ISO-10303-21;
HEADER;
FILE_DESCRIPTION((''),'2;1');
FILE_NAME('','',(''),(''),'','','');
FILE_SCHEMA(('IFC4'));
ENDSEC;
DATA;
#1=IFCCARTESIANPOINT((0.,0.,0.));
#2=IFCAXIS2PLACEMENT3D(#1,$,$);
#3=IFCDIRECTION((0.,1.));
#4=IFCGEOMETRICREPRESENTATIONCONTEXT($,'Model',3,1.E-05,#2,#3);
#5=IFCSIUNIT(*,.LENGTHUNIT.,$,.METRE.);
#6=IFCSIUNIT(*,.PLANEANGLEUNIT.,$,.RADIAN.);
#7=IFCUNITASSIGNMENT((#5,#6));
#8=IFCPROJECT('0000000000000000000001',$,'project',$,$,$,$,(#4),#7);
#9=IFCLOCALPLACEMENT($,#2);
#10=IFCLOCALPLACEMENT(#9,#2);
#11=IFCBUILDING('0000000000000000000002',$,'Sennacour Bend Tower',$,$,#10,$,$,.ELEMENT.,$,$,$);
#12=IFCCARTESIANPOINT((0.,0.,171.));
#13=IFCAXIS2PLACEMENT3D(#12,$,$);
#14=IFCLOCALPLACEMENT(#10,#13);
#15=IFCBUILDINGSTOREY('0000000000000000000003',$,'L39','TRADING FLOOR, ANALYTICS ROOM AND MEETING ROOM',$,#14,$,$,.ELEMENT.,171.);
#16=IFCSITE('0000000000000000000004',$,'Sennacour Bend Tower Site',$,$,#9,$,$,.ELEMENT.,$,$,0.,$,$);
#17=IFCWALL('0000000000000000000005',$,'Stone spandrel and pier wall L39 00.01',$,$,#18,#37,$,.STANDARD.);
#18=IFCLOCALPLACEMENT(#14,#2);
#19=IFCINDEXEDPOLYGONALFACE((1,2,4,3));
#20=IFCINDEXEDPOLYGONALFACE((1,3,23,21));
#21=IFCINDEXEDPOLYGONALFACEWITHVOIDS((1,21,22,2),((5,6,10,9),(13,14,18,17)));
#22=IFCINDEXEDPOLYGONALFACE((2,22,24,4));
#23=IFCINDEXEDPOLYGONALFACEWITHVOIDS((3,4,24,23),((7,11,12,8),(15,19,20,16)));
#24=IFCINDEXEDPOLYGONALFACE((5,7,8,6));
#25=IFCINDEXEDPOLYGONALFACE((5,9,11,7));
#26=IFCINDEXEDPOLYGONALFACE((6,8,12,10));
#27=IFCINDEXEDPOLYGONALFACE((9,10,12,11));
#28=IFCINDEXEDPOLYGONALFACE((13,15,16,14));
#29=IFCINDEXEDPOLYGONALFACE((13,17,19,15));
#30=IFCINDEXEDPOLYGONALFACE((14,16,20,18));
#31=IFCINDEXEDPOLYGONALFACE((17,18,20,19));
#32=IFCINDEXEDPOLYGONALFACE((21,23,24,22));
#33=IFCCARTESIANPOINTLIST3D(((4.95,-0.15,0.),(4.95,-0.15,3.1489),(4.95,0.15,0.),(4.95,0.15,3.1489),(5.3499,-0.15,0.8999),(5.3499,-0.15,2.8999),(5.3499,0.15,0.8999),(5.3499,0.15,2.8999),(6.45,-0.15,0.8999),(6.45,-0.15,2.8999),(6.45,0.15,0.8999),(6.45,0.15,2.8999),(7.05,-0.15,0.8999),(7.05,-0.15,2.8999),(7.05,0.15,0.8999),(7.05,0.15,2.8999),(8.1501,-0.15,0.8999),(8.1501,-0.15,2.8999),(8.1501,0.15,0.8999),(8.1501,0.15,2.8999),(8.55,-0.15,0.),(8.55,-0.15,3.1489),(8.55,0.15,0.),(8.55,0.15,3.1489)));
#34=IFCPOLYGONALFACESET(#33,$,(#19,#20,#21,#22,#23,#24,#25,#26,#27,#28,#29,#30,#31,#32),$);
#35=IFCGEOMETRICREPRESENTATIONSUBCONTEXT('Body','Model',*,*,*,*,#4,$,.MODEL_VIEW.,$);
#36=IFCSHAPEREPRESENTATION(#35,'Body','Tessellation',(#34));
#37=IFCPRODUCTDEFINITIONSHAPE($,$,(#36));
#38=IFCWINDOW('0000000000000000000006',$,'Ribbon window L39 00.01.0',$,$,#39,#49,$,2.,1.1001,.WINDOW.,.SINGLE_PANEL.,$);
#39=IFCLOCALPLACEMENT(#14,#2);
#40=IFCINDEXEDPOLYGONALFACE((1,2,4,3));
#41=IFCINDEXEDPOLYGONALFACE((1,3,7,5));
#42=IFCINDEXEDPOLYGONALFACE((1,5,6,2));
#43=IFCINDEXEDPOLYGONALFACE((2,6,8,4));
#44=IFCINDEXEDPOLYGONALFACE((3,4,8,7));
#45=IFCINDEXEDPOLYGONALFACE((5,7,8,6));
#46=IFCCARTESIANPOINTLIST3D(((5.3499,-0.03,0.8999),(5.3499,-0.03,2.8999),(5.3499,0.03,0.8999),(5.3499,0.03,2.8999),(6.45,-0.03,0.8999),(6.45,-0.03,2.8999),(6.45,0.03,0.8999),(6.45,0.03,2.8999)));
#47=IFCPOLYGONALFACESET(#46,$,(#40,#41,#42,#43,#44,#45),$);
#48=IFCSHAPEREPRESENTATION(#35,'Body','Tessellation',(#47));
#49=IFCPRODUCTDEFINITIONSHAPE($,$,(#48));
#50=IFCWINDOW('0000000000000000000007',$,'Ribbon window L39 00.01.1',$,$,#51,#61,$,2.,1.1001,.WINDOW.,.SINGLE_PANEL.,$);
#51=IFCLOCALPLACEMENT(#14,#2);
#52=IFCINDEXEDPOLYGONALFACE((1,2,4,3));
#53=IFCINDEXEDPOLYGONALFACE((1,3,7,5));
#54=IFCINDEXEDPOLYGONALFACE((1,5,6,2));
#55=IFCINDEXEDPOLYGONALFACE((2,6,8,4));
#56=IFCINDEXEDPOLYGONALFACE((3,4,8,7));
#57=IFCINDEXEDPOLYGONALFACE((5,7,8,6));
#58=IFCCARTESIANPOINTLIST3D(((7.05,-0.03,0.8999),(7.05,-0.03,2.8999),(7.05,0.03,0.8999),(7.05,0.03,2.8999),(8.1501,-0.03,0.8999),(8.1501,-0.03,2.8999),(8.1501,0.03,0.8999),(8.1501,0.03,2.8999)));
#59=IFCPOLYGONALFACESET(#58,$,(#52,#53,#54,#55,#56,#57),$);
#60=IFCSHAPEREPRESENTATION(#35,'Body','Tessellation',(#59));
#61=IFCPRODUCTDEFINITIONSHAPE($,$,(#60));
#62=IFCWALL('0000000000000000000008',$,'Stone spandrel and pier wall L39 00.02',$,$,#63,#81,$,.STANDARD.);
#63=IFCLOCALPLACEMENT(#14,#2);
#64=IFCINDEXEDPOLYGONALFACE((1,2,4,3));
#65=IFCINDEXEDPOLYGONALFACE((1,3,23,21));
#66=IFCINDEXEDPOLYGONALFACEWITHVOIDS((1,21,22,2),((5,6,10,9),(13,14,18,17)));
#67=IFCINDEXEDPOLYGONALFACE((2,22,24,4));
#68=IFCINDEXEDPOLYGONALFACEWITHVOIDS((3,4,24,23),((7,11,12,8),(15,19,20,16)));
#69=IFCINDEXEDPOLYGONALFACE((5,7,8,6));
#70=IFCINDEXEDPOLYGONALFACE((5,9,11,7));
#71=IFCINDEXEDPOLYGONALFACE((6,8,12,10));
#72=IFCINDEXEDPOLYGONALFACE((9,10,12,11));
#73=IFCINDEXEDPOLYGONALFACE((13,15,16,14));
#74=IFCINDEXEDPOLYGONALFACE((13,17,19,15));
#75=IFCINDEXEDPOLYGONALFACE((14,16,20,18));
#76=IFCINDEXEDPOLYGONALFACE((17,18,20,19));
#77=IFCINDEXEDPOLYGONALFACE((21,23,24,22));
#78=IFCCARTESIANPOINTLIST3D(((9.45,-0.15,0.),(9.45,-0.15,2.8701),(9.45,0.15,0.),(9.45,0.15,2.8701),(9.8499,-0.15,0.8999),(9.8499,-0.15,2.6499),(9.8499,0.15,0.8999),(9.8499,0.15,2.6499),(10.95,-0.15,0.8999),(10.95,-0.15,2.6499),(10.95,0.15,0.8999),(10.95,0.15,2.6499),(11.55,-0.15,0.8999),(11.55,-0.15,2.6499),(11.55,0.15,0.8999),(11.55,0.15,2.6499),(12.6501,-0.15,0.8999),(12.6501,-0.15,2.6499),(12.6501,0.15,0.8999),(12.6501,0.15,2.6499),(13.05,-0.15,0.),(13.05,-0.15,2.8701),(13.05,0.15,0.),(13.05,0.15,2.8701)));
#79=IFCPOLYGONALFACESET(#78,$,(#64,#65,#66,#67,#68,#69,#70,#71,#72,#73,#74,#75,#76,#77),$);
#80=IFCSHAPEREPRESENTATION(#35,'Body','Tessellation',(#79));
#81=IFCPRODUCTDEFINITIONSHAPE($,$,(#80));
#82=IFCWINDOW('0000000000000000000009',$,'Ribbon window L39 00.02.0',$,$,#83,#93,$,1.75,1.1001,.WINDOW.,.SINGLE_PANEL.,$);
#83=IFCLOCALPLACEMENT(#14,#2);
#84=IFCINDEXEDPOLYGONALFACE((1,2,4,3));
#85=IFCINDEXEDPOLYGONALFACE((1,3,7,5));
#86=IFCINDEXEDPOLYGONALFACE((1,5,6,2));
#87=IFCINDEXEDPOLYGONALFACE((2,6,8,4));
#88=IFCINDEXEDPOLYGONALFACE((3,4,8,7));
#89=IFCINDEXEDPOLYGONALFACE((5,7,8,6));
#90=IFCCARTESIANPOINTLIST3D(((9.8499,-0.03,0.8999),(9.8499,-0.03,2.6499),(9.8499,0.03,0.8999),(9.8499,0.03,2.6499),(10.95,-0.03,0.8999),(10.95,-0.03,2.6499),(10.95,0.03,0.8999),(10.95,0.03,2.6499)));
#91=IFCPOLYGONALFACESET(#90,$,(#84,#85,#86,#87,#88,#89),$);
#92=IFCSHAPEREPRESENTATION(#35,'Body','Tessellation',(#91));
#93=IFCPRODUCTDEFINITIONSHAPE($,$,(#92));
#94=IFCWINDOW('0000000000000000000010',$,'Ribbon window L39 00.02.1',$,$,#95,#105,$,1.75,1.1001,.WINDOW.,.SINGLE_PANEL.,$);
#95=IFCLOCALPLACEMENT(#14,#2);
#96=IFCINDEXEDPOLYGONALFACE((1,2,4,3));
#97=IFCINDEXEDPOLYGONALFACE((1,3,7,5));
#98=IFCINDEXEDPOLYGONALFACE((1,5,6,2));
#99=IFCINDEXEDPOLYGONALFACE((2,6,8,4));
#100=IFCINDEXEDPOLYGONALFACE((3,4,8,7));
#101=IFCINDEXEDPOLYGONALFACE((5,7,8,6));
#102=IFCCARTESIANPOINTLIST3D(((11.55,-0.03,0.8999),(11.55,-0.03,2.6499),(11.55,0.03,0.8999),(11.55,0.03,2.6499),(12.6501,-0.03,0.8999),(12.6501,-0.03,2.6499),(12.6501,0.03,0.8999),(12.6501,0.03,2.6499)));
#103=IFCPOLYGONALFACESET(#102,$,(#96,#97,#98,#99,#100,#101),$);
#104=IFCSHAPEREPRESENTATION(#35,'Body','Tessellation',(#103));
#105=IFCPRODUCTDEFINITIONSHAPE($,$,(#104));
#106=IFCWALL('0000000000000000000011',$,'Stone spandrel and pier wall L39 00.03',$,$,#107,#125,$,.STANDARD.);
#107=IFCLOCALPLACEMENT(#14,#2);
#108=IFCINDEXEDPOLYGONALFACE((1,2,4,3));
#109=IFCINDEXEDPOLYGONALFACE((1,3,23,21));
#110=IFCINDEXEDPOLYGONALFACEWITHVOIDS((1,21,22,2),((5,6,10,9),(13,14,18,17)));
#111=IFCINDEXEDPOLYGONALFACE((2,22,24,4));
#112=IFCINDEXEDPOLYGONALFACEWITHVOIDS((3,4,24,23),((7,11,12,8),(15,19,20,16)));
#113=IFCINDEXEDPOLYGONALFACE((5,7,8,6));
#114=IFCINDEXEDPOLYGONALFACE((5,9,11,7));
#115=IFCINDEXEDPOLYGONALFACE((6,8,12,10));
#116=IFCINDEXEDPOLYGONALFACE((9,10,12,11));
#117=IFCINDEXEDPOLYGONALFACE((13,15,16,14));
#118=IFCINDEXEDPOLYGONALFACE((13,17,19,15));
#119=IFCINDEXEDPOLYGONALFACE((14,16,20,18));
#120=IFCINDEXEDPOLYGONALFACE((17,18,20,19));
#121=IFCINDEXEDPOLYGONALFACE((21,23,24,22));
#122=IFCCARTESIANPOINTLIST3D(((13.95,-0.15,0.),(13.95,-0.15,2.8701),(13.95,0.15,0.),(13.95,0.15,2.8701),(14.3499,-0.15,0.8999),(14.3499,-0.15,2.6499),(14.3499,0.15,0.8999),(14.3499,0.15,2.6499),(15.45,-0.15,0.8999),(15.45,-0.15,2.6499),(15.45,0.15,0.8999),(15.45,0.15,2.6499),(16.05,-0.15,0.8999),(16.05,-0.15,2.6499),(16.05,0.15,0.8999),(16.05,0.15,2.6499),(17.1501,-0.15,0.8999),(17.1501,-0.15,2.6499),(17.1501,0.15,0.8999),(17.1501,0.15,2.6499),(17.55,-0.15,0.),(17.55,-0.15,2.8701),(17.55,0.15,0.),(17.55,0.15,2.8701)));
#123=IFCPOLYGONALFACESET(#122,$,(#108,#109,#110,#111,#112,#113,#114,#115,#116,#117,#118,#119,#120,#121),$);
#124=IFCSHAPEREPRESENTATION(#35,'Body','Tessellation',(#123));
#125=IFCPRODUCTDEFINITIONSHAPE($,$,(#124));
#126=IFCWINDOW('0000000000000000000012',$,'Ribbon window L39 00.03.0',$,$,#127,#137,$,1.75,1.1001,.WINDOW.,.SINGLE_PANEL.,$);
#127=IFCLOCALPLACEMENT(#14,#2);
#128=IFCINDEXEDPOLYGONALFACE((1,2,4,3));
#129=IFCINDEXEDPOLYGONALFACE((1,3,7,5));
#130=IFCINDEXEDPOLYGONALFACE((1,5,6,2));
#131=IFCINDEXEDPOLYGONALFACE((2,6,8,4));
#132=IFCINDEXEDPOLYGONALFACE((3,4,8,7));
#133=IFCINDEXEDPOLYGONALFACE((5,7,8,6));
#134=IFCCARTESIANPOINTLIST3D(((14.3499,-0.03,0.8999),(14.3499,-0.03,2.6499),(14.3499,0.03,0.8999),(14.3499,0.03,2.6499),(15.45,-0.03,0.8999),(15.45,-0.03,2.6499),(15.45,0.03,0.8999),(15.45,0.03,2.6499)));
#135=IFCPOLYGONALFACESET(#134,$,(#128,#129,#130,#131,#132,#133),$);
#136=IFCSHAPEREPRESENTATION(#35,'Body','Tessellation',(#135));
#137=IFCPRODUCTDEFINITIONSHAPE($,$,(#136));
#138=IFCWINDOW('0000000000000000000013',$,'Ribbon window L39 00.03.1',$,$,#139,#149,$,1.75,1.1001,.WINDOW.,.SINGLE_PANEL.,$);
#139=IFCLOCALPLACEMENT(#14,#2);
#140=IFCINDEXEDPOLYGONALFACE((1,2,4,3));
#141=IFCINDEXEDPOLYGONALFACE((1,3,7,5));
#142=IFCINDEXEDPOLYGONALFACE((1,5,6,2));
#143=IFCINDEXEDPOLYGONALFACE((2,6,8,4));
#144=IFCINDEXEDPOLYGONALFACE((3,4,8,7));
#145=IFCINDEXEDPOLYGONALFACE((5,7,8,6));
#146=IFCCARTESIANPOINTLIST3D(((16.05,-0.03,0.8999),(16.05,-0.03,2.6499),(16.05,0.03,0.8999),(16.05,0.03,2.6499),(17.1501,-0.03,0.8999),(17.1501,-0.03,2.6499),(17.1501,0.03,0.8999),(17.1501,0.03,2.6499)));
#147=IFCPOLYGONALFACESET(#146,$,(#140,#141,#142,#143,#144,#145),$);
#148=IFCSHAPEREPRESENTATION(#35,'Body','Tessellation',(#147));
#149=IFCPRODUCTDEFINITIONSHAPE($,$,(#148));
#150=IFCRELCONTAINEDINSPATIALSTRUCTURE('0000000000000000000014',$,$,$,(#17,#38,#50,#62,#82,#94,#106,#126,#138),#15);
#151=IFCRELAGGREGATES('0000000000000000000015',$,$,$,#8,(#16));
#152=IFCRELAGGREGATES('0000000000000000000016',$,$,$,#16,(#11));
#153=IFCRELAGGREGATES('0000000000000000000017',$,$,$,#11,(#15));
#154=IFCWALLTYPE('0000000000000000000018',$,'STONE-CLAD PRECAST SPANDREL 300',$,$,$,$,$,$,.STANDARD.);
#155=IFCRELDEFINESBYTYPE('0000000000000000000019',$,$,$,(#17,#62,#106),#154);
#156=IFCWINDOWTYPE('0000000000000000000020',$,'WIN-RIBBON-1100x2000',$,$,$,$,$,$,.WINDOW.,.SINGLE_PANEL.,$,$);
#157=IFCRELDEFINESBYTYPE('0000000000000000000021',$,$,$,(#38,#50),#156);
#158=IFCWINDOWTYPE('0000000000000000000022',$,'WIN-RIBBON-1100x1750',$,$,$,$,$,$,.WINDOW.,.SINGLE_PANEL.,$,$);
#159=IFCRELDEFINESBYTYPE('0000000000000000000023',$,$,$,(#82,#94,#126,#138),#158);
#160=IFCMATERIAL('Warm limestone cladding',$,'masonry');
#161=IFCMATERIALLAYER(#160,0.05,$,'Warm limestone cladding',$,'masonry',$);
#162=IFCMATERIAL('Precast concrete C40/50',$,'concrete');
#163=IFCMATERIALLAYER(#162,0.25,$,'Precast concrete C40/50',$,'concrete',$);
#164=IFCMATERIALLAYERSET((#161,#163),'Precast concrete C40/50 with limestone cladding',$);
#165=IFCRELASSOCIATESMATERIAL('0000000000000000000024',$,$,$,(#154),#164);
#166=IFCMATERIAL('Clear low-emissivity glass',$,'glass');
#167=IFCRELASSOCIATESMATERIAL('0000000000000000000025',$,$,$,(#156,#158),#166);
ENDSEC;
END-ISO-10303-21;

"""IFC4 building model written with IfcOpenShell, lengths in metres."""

from ifc_helpers import new_model, si_unit, direction, frame, frame_2d, origin, place, context, subcontext, project, spatial, rectangle, extrude, material, layer, layer_set, type_object, element, fill, save


model = new_model("IFC4")

# Units and contexts
model_context = context("Model", 3, precision=1e-05, world=origin(), true_north=direction((0.0, 1.0)))
body_context = subcontext(model_context, "Body", "Model", "MODEL_VIEW")
ifc_project = project(units=[si_unit("LENGTHUNIT", "METRE"), si_unit("PLANEANGLEUNIT", "RADIAN")], contexts=[model_context])

# Site, building, storey
site_placement = place(None, origin())
site = spatial("IfcSite", under=ifc_project, at=site_placement, Name="Sennacour Bend Tower Site", CompositionType="ELEMENT", RefElevation=0.0)
building_placement = place(site_placement, origin())
building = spatial("IfcBuilding", under=site, at=building_placement, Name="Sennacour Bend Tower", CompositionType="ELEMENT")
storey_placement = place(building_placement, frame((0.0, 0.0, 171.0)))
storey = spatial("IfcBuildingStorey", under=building, at=storey_placement, Name="L39", Description="TRADING FLOOR, ANALYTICS ROOM AND MEETING ROOM", CompositionType="ELEMENT", Elevation=171.0)

# Walls, openings, windows
ifc_material_1 = material(Name="Warm limestone cladding", Category="masonry")
ifc_layer_1 = layer(ifc_material_1, 0.05, Name="Warm limestone cladding", Category="masonry")
ifc_material_2 = material(Name="Precast concrete C40/50", Category="concrete")
ifc_layer_2 = layer(ifc_material_2, 0.25, Name="Precast concrete C40/50", Category="concrete")
ifc_layer_set_1 = layer_set([ifc_layer_1, ifc_layer_2], Name="Precast concrete C40/50 with limestone cladding")
wall_type_1 = type_object("IfcWallType", Name="STONE-CLAD PRECAST SPANDREL 300", PredefinedType="STANDARD", material=ifc_layer_set_1)
wall_1_placement = place(storey_placement, frame((4.95, 0.0, 0.0), z_axis=(0.0, 0.0, 1.0), x_axis=(1.0, 0.0, 0.0)))
wall_1 = element("IfcWall", 1, at=wall_1_placement, inside=storey, type_object=wall_type_1, Name="Stone spandrel and pier wall L39 00.01", PredefinedType="STANDARD", context=body_context, shape_type="SweptSolid", body=[
    extrude(rectangle(XDim=3.6001, YDim=0.3, at=frame_2d((1.8, 0.0))), origin(), (0.0, 0.0, 1.0), 3.1489),
])
opening_1_placement = place(wall_1_placement, frame((0.3999, 0.0, 0.8999)))
opening_1 = element("IfcOpeningElement", 2, at=opening_1_placement, cuts=wall_1, PredefinedType="OPENING", context=body_context, shape_type="SweptSolid", body=[
    extrude(rectangle(XDim=1.1001, YDim=2.0, at=frame_2d((0.55, 1.0))), frame((0.0, 0.1602, 0.0), z_axis=(0.0, -1.0, 0.0), x_axis=(1.0, 0.0, 0.0)), (0.0, 0.0, 1.0), 0.3201),
])
opening_2_placement = place(wall_1_placement, frame((2.1001, 0.0, 0.8999)))
opening_2 = element("IfcOpeningElement", 3, at=opening_2_placement, cuts=wall_1, PredefinedType="OPENING", context=body_context, shape_type="SweptSolid", body=[
    extrude(rectangle(XDim=1.1001, YDim=2.0, at=frame_2d((0.55, 1.0))), frame((0.0, 0.1602, 0.0), z_axis=(0.0, -1.0, 0.0), x_axis=(1.0, 0.0, 0.0)), (0.0, 0.0, 1.0), 0.3201),
])
ifc_material_3 = material(Name="Clear low-emissivity glass", Category="glass")
window_type_1 = type_object("IfcWindowType", Name="WIN-RIBBON-1100x2000", PartitioningType="SINGLE_PANEL", PredefinedType="WINDOW", material=ifc_material_3)
window_1_placement = place(opening_1_placement, origin())
window_1 = element("IfcWindow", 4, at=window_1_placement, inside=storey, type_object=window_type_1, Name="Ribbon window L39 00.01.0", OverallHeight=2.0, OverallWidth=1.1001, PartitioningType="SINGLE_PANEL", PredefinedType="WINDOW", context=body_context, shape_type="SweptSolid", body=[
    extrude(rectangle(XDim=1.1001, YDim=2.0, at=frame_2d((0.55, 1.0))), frame((0.0, 0.03, 0.0), z_axis=(0.0, -1.0, 0.0), x_axis=(1.0, 0.0, 0.0)), (0.0, 0.0, 1.0), 0.0601),
])
fill(opening_1, window_1)
window_2_placement = place(opening_2_placement, origin())
window_2 = element("IfcWindow", 5, at=window_2_placement, inside=storey, type_object=window_type_1, Name="Ribbon window L39 00.01.1", OverallHeight=2.0, OverallWidth=1.1001, PartitioningType="SINGLE_PANEL", PredefinedType="WINDOW", context=body_context, shape_type="SweptSolid", body=[
    extrude(rectangle(XDim=1.1001, YDim=2.0, at=frame_2d((0.55, 1.0))), frame((0.0, 0.03, 0.0), z_axis=(0.0, -1.0, 0.0), x_axis=(1.0, 0.0, 0.0)), (0.0, 0.0, 1.0), 0.0601),
])
fill(opening_2, window_2)
wall_2_placement = place(storey_placement, frame((9.45, 0.0, 0.0), z_axis=(0.0, 0.0, 1.0), x_axis=(1.0, 0.0, 0.0)))
wall_2 = element("IfcWall", 6, at=wall_2_placement, inside=storey, type_object=wall_type_1, Name="Stone spandrel and pier wall L39 00.02", PredefinedType="STANDARD", context=body_context, shape_type="SweptSolid", body=[
    extrude(rectangle(XDim=3.6001, YDim=0.3, at=frame_2d((1.8, 0.0))), origin(), (0.0, 0.0, 1.0), 2.8701),
])
opening_3_placement = place(wall_2_placement, frame((0.3999, 0.0, 0.8999)))
opening_3 = element("IfcOpeningElement", 7, at=opening_3_placement, cuts=wall_2, PredefinedType="OPENING", context=body_context, shape_type="SweptSolid", body=[
    extrude(rectangle(XDim=1.1001, YDim=1.75, at=frame_2d((0.55, 0.875))), frame((0.0, 0.1602, 0.0), z_axis=(0.0, -1.0, 0.0), x_axis=(1.0, 0.0, 0.0)), (0.0, 0.0, 1.0), 0.3201),
])
opening_4_placement = place(wall_2_placement, frame((2.1001, 0.0, 0.8999)))
opening_4 = element("IfcOpeningElement", 8, at=opening_4_placement, cuts=wall_2, PredefinedType="OPENING", context=body_context, shape_type="SweptSolid", body=[
    extrude(rectangle(XDim=1.1001, YDim=1.75, at=frame_2d((0.55, 0.875))), frame((0.0, 0.1602, 0.0), z_axis=(0.0, -1.0, 0.0), x_axis=(1.0, 0.0, 0.0)), (0.0, 0.0, 1.0), 0.3201),
])
window_type_2 = type_object("IfcWindowType", Name="WIN-RIBBON-1100x1750", PartitioningType="SINGLE_PANEL", PredefinedType="WINDOW", material=ifc_material_3)
window_3_placement = place(opening_3_placement, origin())
window_3 = element("IfcWindow", 9, at=window_3_placement, inside=storey, type_object=window_type_2, Name="Ribbon window L39 00.02.0", OverallHeight=1.75, OverallWidth=1.1001, PartitioningType="SINGLE_PANEL", PredefinedType="WINDOW", context=body_context, shape_type="SweptSolid", body=[
    extrude(rectangle(XDim=1.1001, YDim=1.75, at=frame_2d((0.55, 0.875))), frame((0.0, 0.03, 0.0), z_axis=(0.0, -1.0, 0.0), x_axis=(1.0, 0.0, 0.0)), (0.0, 0.0, 1.0), 0.0601),
])
fill(opening_3, window_3)
window_4_placement = place(opening_4_placement, origin())
window_4 = element("IfcWindow", 10, at=window_4_placement, inside=storey, type_object=window_type_2, Name="Ribbon window L39 00.02.1", OverallHeight=1.75, OverallWidth=1.1001, PartitioningType="SINGLE_PANEL", PredefinedType="WINDOW", context=body_context, shape_type="SweptSolid", body=[
    extrude(rectangle(XDim=1.1001, YDim=1.75, at=frame_2d((0.55, 0.875))), frame((0.0, 0.03, 0.0), z_axis=(0.0, -1.0, 0.0), x_axis=(1.0, 0.0, 0.0)), (0.0, 0.0, 1.0), 0.0601),
])
fill(opening_4, window_4)
wall_3_placement = place(storey_placement, frame((13.95, 0.0, 0.0), z_axis=(0.0, 0.0, 1.0), x_axis=(1.0, 0.0, 0.0)))
wall_3 = element("IfcWall", 11, at=wall_3_placement, inside=storey, type_object=wall_type_1, Name="Stone spandrel and pier wall L39 00.03", PredefinedType="STANDARD", context=body_context, shape_type="SweptSolid", body=[
    extrude(rectangle(XDim=3.6001, YDim=0.3, at=frame_2d((1.8, 0.0))), origin(), (0.0, 0.0, 1.0), 2.8701),
])
opening_5_placement = place(wall_3_placement, frame((0.3999, 0.0, 0.8999)))
opening_5 = element("IfcOpeningElement", 12, at=opening_5_placement, cuts=wall_3, PredefinedType="OPENING", context=body_context, shape_type="SweptSolid", body=[
    extrude(rectangle(XDim=1.1001, YDim=1.75, at=frame_2d((0.55, 0.875))), frame((0.0, 0.1602, 0.0), z_axis=(0.0, -1.0, 0.0), x_axis=(1.0, 0.0, 0.0)), (0.0, 0.0, 1.0), 0.3201),
])
opening_6_placement = place(wall_3_placement, frame((2.1001, 0.0, 0.8999)))
opening_6 = element("IfcOpeningElement", 13, at=opening_6_placement, cuts=wall_3, PredefinedType="OPENING", context=body_context, shape_type="SweptSolid", body=[
    extrude(rectangle(XDim=1.1001, YDim=1.75, at=frame_2d((0.55, 0.875))), frame((0.0, 0.1602, 0.0), z_axis=(0.0, -1.0, 0.0), x_axis=(1.0, 0.0, 0.0)), (0.0, 0.0, 1.0), 0.3201),
])
window_5_placement = place(opening_5_placement, origin())
window_5 = element("IfcWindow", 14, at=window_5_placement, inside=storey, type_object=window_type_2, Name="Ribbon window L39 00.03.0", OverallHeight=1.75, OverallWidth=1.1001, PartitioningType="SINGLE_PANEL", PredefinedType="WINDOW", context=body_context, shape_type="SweptSolid", body=[
    extrude(rectangle(XDim=1.1001, YDim=1.75, at=frame_2d((0.55, 0.875))), frame((0.0, 0.03, 0.0), z_axis=(0.0, -1.0, 0.0), x_axis=(1.0, 0.0, 0.0)), (0.0, 0.0, 1.0), 0.0601),
])
fill(opening_5, window_5)
window_6_placement = place(opening_6_placement, origin())
window_6 = element("IfcWindow", 15, at=window_6_placement, inside=storey, type_object=window_type_2, Name="Ribbon window L39 00.03.1", OverallHeight=1.75, OverallWidth=1.1001, PartitioningType="SINGLE_PANEL", PredefinedType="WINDOW", context=body_context, shape_type="SweptSolid", body=[
    extrude(rectangle(XDim=1.1001, YDim=1.75, at=frame_2d((0.55, 0.875))), frame((0.0, 0.03, 0.0), z_axis=(0.0, -1.0, 0.0), x_axis=(1.0, 0.0, 0.0)), (0.0, 0.0, 1.0), 0.0601),
])
fill(opening_6, window_6)

save(model, "model.ifc")
